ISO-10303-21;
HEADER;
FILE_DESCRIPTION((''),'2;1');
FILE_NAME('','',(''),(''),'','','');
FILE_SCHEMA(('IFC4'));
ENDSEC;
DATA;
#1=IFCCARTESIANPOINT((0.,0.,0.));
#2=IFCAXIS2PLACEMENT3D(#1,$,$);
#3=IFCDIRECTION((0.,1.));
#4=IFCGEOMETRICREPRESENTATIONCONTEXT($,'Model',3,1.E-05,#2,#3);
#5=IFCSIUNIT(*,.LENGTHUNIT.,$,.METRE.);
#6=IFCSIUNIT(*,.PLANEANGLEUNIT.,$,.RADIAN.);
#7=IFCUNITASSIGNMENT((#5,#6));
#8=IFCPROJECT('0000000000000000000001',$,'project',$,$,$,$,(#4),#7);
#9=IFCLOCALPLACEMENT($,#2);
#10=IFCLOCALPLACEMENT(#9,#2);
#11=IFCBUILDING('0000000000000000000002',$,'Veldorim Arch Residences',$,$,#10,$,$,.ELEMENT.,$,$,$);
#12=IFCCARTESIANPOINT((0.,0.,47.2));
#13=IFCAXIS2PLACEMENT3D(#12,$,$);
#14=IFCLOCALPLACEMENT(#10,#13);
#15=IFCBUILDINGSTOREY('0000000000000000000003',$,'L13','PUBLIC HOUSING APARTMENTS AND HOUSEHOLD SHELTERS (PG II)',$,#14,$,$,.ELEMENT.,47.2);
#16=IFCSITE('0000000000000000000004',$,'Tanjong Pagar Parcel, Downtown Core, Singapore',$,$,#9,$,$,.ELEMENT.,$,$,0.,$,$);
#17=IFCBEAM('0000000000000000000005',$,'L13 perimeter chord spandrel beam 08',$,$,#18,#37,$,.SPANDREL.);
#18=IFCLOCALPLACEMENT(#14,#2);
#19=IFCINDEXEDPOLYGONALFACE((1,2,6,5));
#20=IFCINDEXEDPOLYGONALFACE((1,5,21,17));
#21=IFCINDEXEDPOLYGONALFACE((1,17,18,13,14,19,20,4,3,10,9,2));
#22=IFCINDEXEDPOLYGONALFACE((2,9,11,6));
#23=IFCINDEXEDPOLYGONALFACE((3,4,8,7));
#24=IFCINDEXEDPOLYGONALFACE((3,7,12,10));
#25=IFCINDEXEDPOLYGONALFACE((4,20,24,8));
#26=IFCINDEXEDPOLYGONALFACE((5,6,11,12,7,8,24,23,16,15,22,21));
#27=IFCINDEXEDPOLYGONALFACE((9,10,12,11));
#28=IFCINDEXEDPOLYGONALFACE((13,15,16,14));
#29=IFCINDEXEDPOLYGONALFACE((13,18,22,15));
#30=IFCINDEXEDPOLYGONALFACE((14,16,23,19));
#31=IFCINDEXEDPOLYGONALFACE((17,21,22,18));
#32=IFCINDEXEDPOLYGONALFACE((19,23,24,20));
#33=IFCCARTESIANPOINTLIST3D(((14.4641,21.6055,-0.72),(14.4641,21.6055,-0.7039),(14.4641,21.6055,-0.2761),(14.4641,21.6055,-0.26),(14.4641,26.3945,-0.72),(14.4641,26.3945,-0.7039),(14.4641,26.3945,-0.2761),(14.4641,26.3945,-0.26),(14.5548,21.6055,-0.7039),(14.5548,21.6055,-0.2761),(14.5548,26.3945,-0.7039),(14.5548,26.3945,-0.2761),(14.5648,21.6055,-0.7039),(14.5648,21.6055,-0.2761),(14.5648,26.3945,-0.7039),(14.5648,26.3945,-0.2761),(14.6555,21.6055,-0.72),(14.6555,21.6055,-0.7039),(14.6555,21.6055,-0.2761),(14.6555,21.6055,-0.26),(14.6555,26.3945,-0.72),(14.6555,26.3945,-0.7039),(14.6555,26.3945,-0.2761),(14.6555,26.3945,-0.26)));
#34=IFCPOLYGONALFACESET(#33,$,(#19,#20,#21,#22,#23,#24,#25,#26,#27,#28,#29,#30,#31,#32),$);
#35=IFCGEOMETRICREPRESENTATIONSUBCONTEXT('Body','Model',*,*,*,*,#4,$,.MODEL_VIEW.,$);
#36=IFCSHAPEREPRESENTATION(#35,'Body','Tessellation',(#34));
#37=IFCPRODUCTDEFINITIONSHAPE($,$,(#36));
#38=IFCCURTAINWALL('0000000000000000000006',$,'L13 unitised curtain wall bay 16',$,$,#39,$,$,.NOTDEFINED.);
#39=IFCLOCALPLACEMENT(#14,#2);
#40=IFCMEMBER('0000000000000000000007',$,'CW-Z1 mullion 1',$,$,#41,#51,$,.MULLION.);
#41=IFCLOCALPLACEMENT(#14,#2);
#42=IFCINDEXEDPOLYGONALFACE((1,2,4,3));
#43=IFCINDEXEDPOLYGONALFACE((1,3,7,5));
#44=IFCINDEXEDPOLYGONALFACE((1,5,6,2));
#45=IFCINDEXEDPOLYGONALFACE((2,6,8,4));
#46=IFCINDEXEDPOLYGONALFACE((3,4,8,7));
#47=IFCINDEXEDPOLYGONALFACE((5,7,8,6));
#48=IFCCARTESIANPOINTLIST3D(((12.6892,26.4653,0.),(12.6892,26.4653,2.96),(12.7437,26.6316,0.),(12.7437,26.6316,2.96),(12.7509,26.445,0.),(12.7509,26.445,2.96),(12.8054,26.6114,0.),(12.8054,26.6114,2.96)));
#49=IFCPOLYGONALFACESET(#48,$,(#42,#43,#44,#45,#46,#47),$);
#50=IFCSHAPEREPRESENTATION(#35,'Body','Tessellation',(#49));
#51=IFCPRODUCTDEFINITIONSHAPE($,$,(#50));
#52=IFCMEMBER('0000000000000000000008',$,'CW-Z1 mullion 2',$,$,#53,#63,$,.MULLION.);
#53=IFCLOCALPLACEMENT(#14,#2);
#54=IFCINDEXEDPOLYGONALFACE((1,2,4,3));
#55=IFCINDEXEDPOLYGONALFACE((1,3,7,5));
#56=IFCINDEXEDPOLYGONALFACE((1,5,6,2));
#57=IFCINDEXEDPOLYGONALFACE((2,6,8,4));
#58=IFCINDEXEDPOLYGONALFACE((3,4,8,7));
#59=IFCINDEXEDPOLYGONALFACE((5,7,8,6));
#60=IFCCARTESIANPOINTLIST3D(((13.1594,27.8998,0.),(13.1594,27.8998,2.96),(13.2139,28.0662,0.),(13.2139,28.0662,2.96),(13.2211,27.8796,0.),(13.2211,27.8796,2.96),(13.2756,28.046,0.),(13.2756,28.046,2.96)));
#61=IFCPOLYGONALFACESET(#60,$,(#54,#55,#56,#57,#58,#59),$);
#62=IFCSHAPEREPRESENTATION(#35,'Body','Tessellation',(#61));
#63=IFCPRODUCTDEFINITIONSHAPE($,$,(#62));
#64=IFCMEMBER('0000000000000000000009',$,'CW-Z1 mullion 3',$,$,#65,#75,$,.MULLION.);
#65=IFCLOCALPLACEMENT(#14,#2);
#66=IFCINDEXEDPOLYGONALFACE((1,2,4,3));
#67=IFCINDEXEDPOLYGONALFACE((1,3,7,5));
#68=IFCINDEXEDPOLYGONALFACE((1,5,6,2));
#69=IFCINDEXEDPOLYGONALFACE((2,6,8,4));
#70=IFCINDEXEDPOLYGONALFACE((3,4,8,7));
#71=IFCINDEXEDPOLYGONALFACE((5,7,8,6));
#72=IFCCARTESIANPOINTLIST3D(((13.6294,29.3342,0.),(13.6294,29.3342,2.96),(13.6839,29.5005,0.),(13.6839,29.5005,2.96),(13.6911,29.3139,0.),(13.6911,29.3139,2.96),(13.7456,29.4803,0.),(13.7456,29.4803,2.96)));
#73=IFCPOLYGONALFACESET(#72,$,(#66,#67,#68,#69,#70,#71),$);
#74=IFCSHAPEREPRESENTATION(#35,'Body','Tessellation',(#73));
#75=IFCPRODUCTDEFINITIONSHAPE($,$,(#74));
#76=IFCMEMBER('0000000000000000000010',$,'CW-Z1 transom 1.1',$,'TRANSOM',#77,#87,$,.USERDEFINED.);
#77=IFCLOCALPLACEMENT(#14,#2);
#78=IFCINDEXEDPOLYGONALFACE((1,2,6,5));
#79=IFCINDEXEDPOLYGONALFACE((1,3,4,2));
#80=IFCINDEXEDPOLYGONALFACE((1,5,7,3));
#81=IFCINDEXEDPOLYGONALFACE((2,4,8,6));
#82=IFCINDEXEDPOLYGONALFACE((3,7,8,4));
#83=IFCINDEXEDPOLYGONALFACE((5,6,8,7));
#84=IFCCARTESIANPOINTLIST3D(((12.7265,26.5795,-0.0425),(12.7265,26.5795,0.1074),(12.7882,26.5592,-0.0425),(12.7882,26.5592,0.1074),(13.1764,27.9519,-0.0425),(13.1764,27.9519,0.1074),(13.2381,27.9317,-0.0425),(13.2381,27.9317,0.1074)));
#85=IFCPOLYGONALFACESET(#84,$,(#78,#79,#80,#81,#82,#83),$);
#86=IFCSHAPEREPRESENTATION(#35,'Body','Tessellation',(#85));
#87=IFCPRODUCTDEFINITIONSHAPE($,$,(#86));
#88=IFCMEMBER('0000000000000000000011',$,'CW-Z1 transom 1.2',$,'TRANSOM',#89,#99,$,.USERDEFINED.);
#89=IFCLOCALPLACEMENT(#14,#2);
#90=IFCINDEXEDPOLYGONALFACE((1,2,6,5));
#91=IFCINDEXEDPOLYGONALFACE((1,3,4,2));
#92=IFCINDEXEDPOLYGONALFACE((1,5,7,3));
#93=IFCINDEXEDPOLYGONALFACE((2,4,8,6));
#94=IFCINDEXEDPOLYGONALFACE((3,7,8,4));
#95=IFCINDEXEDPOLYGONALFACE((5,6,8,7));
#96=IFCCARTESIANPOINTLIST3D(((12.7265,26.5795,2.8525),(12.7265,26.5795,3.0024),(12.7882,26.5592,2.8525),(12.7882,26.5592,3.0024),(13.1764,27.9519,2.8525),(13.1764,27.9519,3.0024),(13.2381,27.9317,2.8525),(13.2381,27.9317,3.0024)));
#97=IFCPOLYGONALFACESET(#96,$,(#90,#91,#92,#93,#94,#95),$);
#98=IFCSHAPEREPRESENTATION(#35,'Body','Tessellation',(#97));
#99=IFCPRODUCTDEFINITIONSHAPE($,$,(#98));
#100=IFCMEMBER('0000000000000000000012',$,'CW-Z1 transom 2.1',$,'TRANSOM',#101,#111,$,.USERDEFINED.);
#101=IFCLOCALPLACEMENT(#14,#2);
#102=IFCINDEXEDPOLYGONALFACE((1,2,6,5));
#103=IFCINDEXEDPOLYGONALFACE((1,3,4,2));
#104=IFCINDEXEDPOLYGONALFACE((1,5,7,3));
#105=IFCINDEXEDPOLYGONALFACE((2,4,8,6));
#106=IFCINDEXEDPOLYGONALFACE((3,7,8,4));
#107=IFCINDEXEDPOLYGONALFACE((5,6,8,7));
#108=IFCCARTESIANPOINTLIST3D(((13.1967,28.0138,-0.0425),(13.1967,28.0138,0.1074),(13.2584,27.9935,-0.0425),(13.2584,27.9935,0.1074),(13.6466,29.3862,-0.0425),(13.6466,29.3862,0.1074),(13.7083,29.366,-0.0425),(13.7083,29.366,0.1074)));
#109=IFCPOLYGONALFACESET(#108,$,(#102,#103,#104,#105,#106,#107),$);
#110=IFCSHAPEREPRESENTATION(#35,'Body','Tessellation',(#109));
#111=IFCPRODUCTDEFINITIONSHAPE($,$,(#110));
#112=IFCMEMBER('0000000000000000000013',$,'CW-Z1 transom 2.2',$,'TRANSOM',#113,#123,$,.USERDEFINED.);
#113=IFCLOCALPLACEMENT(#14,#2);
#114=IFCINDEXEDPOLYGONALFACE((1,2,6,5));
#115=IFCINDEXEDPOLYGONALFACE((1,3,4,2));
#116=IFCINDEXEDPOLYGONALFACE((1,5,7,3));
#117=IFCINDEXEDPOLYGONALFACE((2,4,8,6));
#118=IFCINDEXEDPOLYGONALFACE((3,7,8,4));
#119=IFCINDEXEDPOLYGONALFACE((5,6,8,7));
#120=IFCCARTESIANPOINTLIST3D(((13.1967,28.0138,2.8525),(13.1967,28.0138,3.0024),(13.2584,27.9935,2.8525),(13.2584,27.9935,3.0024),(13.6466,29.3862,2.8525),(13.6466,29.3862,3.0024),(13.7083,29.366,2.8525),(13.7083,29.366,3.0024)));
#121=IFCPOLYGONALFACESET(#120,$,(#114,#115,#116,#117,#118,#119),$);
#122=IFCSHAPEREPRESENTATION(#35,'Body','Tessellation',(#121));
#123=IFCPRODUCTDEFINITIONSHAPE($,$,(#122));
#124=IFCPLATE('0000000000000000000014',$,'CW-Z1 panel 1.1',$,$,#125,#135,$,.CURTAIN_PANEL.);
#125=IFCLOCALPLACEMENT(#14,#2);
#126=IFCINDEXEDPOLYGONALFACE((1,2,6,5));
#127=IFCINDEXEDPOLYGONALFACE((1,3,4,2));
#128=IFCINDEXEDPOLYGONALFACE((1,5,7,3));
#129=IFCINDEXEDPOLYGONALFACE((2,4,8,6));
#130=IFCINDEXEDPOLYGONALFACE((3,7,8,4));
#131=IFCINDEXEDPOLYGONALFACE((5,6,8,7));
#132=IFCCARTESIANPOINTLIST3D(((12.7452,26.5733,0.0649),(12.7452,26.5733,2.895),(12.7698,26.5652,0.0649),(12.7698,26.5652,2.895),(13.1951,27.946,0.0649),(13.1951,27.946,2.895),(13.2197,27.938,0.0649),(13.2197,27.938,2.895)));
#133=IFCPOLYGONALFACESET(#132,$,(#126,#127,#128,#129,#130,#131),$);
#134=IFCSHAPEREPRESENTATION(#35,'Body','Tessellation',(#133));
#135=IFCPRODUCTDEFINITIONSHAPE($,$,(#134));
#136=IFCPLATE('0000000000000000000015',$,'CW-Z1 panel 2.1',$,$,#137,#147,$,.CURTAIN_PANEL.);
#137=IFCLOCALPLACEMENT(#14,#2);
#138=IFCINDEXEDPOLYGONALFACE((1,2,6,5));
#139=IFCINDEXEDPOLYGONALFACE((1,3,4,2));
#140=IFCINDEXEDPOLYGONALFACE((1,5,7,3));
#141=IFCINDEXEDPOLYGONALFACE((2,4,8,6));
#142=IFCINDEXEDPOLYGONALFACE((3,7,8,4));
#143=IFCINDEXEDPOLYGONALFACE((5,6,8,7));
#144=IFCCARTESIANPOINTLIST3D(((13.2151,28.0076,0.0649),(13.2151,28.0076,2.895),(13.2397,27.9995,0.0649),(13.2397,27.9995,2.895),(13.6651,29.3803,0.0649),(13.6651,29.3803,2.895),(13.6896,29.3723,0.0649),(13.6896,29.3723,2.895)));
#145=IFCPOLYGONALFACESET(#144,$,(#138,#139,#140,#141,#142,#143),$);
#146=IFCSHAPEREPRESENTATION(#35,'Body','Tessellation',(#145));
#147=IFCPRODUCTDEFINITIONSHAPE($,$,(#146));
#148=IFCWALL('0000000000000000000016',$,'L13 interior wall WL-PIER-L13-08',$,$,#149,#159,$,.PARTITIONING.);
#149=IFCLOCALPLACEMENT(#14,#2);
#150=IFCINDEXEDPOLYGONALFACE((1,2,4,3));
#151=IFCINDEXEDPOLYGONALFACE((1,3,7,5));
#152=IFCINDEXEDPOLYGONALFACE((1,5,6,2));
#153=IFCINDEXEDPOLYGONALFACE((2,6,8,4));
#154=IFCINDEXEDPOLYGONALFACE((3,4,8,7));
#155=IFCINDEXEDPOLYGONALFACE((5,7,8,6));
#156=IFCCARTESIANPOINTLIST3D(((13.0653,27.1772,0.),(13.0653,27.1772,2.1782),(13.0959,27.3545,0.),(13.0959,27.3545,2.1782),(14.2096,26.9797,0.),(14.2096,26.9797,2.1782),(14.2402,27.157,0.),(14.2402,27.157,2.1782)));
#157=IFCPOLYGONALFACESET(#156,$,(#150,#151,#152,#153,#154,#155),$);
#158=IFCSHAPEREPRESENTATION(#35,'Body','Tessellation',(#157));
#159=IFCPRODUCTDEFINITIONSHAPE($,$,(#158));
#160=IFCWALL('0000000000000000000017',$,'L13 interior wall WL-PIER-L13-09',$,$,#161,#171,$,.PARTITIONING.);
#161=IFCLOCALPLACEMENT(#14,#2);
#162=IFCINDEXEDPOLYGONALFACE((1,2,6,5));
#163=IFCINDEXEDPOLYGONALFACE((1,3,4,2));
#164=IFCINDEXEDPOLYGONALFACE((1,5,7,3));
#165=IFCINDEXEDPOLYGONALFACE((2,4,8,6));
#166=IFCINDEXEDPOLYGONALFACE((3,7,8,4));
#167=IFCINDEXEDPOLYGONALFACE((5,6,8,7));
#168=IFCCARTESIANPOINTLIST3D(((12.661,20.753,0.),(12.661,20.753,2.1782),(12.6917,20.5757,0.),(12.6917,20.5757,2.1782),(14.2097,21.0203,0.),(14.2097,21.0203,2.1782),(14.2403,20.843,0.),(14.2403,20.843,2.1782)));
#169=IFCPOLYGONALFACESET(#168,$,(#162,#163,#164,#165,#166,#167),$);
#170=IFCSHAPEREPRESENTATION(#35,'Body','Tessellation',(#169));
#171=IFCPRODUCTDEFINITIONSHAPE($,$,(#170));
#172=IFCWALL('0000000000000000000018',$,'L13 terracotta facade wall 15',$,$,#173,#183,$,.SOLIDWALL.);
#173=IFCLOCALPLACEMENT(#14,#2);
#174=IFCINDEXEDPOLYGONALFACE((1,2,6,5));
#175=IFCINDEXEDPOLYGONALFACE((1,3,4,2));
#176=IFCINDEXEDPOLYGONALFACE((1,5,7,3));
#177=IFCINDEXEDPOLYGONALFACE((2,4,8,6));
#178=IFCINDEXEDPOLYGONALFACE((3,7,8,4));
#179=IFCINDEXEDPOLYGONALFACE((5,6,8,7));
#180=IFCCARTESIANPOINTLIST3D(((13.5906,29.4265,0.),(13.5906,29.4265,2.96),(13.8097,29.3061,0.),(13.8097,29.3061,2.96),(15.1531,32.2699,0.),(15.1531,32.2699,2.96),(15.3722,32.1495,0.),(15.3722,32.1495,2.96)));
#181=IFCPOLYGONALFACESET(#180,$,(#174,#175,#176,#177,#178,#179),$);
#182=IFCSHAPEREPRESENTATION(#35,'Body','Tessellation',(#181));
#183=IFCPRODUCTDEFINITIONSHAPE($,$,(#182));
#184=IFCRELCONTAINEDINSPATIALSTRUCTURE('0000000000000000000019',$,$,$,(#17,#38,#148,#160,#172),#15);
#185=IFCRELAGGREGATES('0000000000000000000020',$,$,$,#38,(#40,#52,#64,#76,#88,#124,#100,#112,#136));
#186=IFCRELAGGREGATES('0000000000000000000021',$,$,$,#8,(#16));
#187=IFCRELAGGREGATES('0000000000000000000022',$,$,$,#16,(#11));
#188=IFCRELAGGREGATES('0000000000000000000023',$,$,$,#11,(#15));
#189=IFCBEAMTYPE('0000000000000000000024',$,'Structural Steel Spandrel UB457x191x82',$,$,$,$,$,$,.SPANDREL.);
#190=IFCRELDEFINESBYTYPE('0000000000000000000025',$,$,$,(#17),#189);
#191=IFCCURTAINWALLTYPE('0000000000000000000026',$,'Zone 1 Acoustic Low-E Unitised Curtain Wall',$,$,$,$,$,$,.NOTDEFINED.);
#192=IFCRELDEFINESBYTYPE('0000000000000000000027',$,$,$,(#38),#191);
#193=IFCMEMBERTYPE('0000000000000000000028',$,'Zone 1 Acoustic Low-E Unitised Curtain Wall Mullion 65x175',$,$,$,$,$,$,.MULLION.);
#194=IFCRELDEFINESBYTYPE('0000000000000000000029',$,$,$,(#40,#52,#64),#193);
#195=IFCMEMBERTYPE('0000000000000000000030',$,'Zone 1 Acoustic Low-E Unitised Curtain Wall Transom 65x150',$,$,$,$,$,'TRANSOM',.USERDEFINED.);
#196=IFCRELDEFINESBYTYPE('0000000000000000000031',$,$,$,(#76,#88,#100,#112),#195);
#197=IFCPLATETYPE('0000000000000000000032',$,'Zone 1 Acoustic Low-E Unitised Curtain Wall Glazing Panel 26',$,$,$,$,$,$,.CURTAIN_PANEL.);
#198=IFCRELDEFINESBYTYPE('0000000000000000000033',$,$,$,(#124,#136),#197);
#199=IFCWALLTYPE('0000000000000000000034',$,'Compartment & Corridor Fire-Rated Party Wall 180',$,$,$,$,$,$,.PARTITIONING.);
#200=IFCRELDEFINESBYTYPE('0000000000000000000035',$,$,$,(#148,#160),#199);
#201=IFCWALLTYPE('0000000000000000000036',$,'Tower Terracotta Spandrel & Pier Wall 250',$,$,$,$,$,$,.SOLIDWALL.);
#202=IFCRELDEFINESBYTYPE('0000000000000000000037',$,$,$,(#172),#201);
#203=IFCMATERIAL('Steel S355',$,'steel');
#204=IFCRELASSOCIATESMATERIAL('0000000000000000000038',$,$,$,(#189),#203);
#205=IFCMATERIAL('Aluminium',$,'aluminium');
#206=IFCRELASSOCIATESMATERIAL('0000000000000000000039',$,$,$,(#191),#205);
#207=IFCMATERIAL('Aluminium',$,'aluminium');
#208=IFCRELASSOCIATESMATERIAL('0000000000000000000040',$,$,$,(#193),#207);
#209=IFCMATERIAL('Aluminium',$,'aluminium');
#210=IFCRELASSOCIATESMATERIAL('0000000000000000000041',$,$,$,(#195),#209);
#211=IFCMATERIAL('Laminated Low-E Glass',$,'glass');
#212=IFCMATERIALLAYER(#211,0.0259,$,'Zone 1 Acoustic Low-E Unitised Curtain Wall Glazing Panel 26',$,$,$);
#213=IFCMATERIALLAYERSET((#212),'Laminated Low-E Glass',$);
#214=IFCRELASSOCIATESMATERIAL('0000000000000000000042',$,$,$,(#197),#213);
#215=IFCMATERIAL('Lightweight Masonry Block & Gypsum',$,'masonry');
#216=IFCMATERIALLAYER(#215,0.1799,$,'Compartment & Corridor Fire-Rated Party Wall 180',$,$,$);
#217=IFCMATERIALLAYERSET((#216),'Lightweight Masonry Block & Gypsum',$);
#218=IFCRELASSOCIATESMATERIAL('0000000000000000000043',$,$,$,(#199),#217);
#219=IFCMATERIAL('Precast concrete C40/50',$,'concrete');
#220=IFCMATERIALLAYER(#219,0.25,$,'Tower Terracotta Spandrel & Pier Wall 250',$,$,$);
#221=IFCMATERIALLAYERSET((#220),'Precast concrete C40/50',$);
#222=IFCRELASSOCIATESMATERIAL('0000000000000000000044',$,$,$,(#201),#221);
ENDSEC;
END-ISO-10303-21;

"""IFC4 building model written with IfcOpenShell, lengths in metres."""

from ifc_helpers import new_model, si_unit, direction, frame, frame_2d, origin, origin_2d, place, context, subcontext, project, spatial, rectangle, i_section, extrude, material, layer, layer_set, material_profile, profile_set, type_object, element, aggregate, save


model = new_model("IFC4")

# Units and contexts
model_context = context("Model", 3, precision=1e-05, world=origin(), true_north=direction((0.0, 1.0)))
body_context = subcontext(model_context, "Body", "Model", "MODEL_VIEW")
ifc_project = project(units=[si_unit("LENGTHUNIT", "METRE"), si_unit("PLANEANGLEUNIT", "RADIAN")], contexts=[model_context])

# Site, building, storey
site_placement = place(None, origin())
site = spatial("IfcSite", under=ifc_project, at=site_placement, Name="Tanjong Pagar Parcel, Downtown Core, Singapore", CompositionType="ELEMENT", RefElevation=0.0)
building_placement = place(site_placement, origin())
building = spatial("IfcBuilding", under=site, at=building_placement, Name="Veldorim Arch Residences", CompositionType="ELEMENT")
storey_placement = place(building_placement, frame((0.0, 0.0, 47.2)))
storey = spatial("IfcBuildingStorey", under=building, at=storey_placement, Name="L13", Description="PUBLIC HOUSING APARTMENTS AND HOUSEHOLD SHELTERS (PG II)", CompositionType="ELEMENT", Elevation=47.2)

# Beam
ifc_material_1 = material(Name="Steel S355", Category="steel")
ifc_material_profile_1 = material_profile(ifc_material_1, i_section(OverallWidth=0.1914, OverallDepth=0.46, WebThickness=0.01, FlangeThickness=0.0161, at=origin_2d()), Name="UB457x191x82")
ifc_profile_set_1 = profile_set([ifc_material_profile_1], Name="Steel S355")
beam_type_1 = type_object("IfcBeamType", Name="Structural Steel Spandrel UB457x191x82", PredefinedType="SPANDREL", material=ifc_profile_set_1)
beam_1_placement = place(storey_placement, frame((14.5598, 26.3945, -0.49), z_axis=(0.0, -1.0, 0.0), x_axis=(1.0, 0.0, 0.0)))
element("IfcBeam", 1, at=beam_1_placement, inside=storey, type_object=beam_type_1, Name="L13 perimeter chord spandrel beam 08", PredefinedType="SPANDREL", context=body_context, shape_type="SweptSolid", body=[
    extrude(i_section(OverallWidth=0.1914, OverallDepth=0.46, WebThickness=0.01, FlangeThickness=0.0161, at=origin_2d()), origin(), (0.0, 0.0, 1.0), 4.7891),
])

# Curtain wall, members, plates
ifc_material_2 = material(Name="Aluminium", Category="aluminium")
curtain_wall_type = type_object("IfcCurtainWallType", Name="Zone 1 Acoustic Low-E Unitised Curtain Wall", PredefinedType="NOTDEFINED", material=ifc_material_2)
curtain_wall_placement = place(storey_placement, origin())
curtain_wall = element("IfcCurtainWall", 2, at=curtain_wall_placement, inside=storey, type_object=curtain_wall_type, Name="L13 unitised curtain wall bay 16", PredefinedType="NOTDEFINED")
ifc_material_3 = material(Name="Aluminium", Category="aluminium")
ifc_material_profile_2 = material_profile(ifc_material_3, rectangle(XDim=0.0649, YDim=0.175, at=origin_2d()), Name="ALU_MUL_65x175")
ifc_profile_set_2 = profile_set([ifc_material_profile_2], Name="Aluminium")
member_type_1 = type_object("IfcMemberType", Name="Zone 1 Acoustic Low-E Unitised Curtain Wall Mullion 65x175", PredefinedType="MULLION", material=ifc_profile_set_2)
member_1_placement = place(storey_placement, frame((12.7473, 26.5383, 0.0), z_axis=(0.0, 0.0, 1.0), x_axis=(-0.950263, 0.311447, 0.0)))
member_1 = element("IfcMember", 3, at=member_1_placement, type_object=member_type_1, Name="CW-Z1 mullion 1", PredefinedType="MULLION", context=body_context, shape_type="SweptSolid", body=[
    extrude(rectangle(XDim=0.0649, YDim=0.175, at=origin_2d()), origin(), (0.0, 0.0, 1.0), 2.96),
])
member_2_placement = place(storey_placement, frame((13.2175, 27.9729, 0.0), z_axis=(0.0, 0.0, 1.0), x_axis=(-0.950263, 0.311447, 0.0)))
member_2 = element("IfcMember", 4, at=member_2_placement, type_object=member_type_1, Name="CW-Z1 mullion 2", PredefinedType="MULLION", context=body_context, shape_type="SweptSolid", body=[
    extrude(rectangle(XDim=0.0649, YDim=0.175, at=origin_2d()), origin(), (0.0, 0.0, 1.0), 2.96),
])
member_3_placement = place(storey_placement, frame((13.6875, 29.4072, 0.0), z_axis=(0.0, 0.0, 1.0), x_axis=(-0.950263, 0.311447, 0.0)))
member_3 = element("IfcMember", 5, at=member_3_placement, type_object=member_type_1, Name="CW-Z1 mullion 3", PredefinedType="MULLION", context=body_context, shape_type="SweptSolid", body=[
    extrude(rectangle(XDim=0.0649, YDim=0.175, at=origin_2d()), origin(), (0.0, 0.0, 1.0), 2.96),
])
ifc_material_4 = material(Name="Aluminium", Category="aluminium")
ifc_material_profile_3 = material_profile(ifc_material_4, rectangle(XDim=0.0649, YDim=0.1499, at=origin_2d()), Name="ALU_TRN_65x150")
ifc_profile_set_3 = profile_set([ifc_material_profile_3], Name="Aluminium")
member_type_2 = type_object("IfcMemberType", Name="Zone 1 Acoustic Low-E Unitised Curtain Wall Transom 65x150", ElementType="TRANSOM", PredefinedType="USERDEFINED", material=ifc_profile_set_3)
member_4_placement = place(storey_placement, frame((12.7573, 26.5693, 0.0325), z_axis=(0.311508, 0.950243, 0.0), x_axis=(-0.950243, 0.311508, 0.0)))
member_4 = element("IfcMember", 6, at=member_4_placement, type_object=member_type_2, Name="CW-Z1 transom 1.1", ObjectType="TRANSOM", PredefinedType="USERDEFINED", context=body_context, shape_type="SweptSolid", body=[
    extrude(rectangle(XDim=0.0649, YDim=0.1499, at=origin_2d()), origin(), (0.0, 0.0, 1.0), 1.4443),
])
member_5_placement = place(storey_placement, frame((12.7573, 26.5693, 2.9275), z_axis=(0.311508, 0.950243, 0.0), x_axis=(-0.950243, 0.311508, 0.0)))
member_5 = element("IfcMember", 7, at=member_5_placement, type_object=member_type_2, Name="CW-Z1 transom 1.2", ObjectType="TRANSOM", PredefinedType="USERDEFINED", context=body_context, shape_type="SweptSolid", body=[
    extrude(rectangle(XDim=0.0649, YDim=0.1499, at=origin_2d()), origin(), (0.0, 0.0, 1.0), 1.4443),
])
member_6_placement = place(storey_placement, frame((13.2275, 28.0037, 0.0325), z_axis=(0.311508, 0.950243, 0.0), x_axis=(-0.950243, 0.311508, 0.0)))
member_6 = element("IfcMember", 8, at=member_6_placement, type_object=member_type_2, Name="CW-Z1 transom 2.1", ObjectType="TRANSOM", PredefinedType="USERDEFINED", context=body_context, shape_type="SweptSolid", body=[
    extrude(rectangle(XDim=0.0649, YDim=0.1499, at=origin_2d()), origin(), (0.0, 0.0, 1.0), 1.4443),
])
member_7_placement = place(storey_placement, frame((13.2275, 28.0037, 2.9275), z_axis=(0.311508, 0.950243, 0.0), x_axis=(-0.950243, 0.311508, 0.0)))
member_7 = element("IfcMember", 9, at=member_7_placement, type_object=member_type_2, Name="CW-Z1 transom 2.2", ObjectType="TRANSOM", PredefinedType="USERDEFINED", context=body_context, shape_type="SweptSolid", body=[
    extrude(rectangle(XDim=0.0649, YDim=0.1499, at=origin_2d()), origin(), (0.0, 0.0, 1.0), 1.4443),
])
ifc_material_5 = material(Name="Laminated Low-E Glass", Category="glass")
ifc_layer_1 = layer(ifc_material_5, 0.0259, Name="Zone 1 Acoustic Low-E Unitised Curtain Wall Glazing Panel 26")
ifc_layer_set_1 = layer_set([ifc_layer_1], Name="Laminated Low-E Glass")
plate_type = type_object("IfcPlateType", Name="Zone 1 Acoustic Low-E Unitised Curtain Wall Glazing Panel 26", PredefinedType="CURTAIN_PANEL", material=ifc_layer_set_1)
plate_1_placement = place(storey_placement, frame((12.9824, 27.2556, 0.0649), z_axis=(0.0, 0.0, 1.0), x_axis=(0.311447, 0.950263, 0.0)))
plate_1 = element("IfcPlate", 10, at=plate_1_placement, type_object=plate_type, Name="CW-Z1 panel 1.1", PredefinedType="CURTAIN_PANEL", context=body_context, shape_type="SweptSolid", body=[
    extrude(rectangle(XDim=1.4446, YDim=0.0259, at=origin_2d()), origin(), (0.0, 0.0, 1.0), 2.8301),
])
plate_2_placement = place(storey_placement, frame((13.4524, 28.6899, 0.0649), z_axis=(0.0, 0.0, 1.0), x_axis=(0.311447, 0.950263, 0.0)))
plate_2 = element("IfcPlate", 11, at=plate_2_placement, type_object=plate_type, Name="CW-Z1 panel 2.1", PredefinedType="CURTAIN_PANEL", context=body_context, shape_type="SweptSolid", body=[
    extrude(rectangle(XDim=1.4446, YDim=0.0259, at=origin_2d()), origin(), (0.0, 0.0, 1.0), 2.8301),
])
aggregate(curtain_wall, [member_1, member_2, member_3, member_4, member_5, plate_1, member_6, member_7, plate_2])

# Walls
ifc_material_6 = material(Name="Lightweight Masonry Block & Gypsum", Category="masonry")
ifc_layer_2 = layer(ifc_material_6, 0.1799, Name="Compartment & Corridor Fire-Rated Party Wall 180")
ifc_layer_set_2 = layer_set([ifc_layer_2], Name="Lightweight Masonry Block & Gypsum")
wall_type_1 = type_object("IfcWallType", Name="Compartment & Corridor Fire-Rated Party Wall 180", PredefinedType="PARTITIONING", material=ifc_layer_set_2)
wall_1_placement = place(storey_placement, frame((14.2249, 27.0684, 0.0), z_axis=(0.0, 0.0, 1.0), x_axis=(-0.985429, 0.17009, 0.0)))
element("IfcWall", 12, at=wall_1_placement, inside=storey, type_object=wall_type_1, Name="L13 interior wall WL-PIER-L13-08", PredefinedType="PARTITIONING", context=body_context, shape_type="SweptSolid", body=[
    extrude(rectangle(XDim=1.1611, YDim=0.1799, at=frame_2d((0.5806, 0.0))), origin(), (0.0, 0.0, 1.0), 2.1782),
])
wall_2_placement = place(storey_placement, frame((14.2249, 20.9316, 0.0), z_axis=(0.0, 0.0, 1.0), x_axis=(-0.985424, -0.170115, 0.0)))
element("IfcWall", 13, at=wall_2_placement, inside=storey, type_object=wall_type_1, Name="L13 interior wall WL-PIER-L13-09", PredefinedType="PARTITIONING", context=body_context, shape_type="SweptSolid", body=[
    extrude(rectangle(XDim=1.5715, YDim=0.1799, at=frame_2d((0.7856, 0.0))), origin(), (0.0, 0.0, 1.0), 2.1782),
])
ifc_material_7 = material(Name="Precast concrete C40/50", Category="concrete")
ifc_layer_3 = layer(ifc_material_7, 0.25, Name="Tower Terracotta Spandrel & Pier Wall 250")
ifc_layer_set_3 = layer_set([ifc_layer_3], Name="Precast concrete C40/50")
wall_type_2 = type_object("IfcWallType", Name="Tower Terracotta Spandrel & Pier Wall 250", PredefinedType="SOLIDWALL", material=ifc_layer_set_3)
wall_3_placement = place(storey_placement, frame((13.7002, 29.3665, 0.0), z_axis=(0.0, 0.0, 1.0), x_axis=(0.481613, 0.876384, 0.0)))
element("IfcWall", 14, at=wall_3_placement, inside=storey, type_object=wall_type_2, Name="L13 terracotta facade wall 15", PredefinedType="SOLIDWALL", context=body_context, shape_type="SweptSolid", body=[
    extrude(rectangle(XDim=3.2444, YDim=0.25, at=frame_2d((1.6221, 0.0))), origin(), (0.0, 0.0, 1.0), 2.96),
])

save(model, "model.ifc")
